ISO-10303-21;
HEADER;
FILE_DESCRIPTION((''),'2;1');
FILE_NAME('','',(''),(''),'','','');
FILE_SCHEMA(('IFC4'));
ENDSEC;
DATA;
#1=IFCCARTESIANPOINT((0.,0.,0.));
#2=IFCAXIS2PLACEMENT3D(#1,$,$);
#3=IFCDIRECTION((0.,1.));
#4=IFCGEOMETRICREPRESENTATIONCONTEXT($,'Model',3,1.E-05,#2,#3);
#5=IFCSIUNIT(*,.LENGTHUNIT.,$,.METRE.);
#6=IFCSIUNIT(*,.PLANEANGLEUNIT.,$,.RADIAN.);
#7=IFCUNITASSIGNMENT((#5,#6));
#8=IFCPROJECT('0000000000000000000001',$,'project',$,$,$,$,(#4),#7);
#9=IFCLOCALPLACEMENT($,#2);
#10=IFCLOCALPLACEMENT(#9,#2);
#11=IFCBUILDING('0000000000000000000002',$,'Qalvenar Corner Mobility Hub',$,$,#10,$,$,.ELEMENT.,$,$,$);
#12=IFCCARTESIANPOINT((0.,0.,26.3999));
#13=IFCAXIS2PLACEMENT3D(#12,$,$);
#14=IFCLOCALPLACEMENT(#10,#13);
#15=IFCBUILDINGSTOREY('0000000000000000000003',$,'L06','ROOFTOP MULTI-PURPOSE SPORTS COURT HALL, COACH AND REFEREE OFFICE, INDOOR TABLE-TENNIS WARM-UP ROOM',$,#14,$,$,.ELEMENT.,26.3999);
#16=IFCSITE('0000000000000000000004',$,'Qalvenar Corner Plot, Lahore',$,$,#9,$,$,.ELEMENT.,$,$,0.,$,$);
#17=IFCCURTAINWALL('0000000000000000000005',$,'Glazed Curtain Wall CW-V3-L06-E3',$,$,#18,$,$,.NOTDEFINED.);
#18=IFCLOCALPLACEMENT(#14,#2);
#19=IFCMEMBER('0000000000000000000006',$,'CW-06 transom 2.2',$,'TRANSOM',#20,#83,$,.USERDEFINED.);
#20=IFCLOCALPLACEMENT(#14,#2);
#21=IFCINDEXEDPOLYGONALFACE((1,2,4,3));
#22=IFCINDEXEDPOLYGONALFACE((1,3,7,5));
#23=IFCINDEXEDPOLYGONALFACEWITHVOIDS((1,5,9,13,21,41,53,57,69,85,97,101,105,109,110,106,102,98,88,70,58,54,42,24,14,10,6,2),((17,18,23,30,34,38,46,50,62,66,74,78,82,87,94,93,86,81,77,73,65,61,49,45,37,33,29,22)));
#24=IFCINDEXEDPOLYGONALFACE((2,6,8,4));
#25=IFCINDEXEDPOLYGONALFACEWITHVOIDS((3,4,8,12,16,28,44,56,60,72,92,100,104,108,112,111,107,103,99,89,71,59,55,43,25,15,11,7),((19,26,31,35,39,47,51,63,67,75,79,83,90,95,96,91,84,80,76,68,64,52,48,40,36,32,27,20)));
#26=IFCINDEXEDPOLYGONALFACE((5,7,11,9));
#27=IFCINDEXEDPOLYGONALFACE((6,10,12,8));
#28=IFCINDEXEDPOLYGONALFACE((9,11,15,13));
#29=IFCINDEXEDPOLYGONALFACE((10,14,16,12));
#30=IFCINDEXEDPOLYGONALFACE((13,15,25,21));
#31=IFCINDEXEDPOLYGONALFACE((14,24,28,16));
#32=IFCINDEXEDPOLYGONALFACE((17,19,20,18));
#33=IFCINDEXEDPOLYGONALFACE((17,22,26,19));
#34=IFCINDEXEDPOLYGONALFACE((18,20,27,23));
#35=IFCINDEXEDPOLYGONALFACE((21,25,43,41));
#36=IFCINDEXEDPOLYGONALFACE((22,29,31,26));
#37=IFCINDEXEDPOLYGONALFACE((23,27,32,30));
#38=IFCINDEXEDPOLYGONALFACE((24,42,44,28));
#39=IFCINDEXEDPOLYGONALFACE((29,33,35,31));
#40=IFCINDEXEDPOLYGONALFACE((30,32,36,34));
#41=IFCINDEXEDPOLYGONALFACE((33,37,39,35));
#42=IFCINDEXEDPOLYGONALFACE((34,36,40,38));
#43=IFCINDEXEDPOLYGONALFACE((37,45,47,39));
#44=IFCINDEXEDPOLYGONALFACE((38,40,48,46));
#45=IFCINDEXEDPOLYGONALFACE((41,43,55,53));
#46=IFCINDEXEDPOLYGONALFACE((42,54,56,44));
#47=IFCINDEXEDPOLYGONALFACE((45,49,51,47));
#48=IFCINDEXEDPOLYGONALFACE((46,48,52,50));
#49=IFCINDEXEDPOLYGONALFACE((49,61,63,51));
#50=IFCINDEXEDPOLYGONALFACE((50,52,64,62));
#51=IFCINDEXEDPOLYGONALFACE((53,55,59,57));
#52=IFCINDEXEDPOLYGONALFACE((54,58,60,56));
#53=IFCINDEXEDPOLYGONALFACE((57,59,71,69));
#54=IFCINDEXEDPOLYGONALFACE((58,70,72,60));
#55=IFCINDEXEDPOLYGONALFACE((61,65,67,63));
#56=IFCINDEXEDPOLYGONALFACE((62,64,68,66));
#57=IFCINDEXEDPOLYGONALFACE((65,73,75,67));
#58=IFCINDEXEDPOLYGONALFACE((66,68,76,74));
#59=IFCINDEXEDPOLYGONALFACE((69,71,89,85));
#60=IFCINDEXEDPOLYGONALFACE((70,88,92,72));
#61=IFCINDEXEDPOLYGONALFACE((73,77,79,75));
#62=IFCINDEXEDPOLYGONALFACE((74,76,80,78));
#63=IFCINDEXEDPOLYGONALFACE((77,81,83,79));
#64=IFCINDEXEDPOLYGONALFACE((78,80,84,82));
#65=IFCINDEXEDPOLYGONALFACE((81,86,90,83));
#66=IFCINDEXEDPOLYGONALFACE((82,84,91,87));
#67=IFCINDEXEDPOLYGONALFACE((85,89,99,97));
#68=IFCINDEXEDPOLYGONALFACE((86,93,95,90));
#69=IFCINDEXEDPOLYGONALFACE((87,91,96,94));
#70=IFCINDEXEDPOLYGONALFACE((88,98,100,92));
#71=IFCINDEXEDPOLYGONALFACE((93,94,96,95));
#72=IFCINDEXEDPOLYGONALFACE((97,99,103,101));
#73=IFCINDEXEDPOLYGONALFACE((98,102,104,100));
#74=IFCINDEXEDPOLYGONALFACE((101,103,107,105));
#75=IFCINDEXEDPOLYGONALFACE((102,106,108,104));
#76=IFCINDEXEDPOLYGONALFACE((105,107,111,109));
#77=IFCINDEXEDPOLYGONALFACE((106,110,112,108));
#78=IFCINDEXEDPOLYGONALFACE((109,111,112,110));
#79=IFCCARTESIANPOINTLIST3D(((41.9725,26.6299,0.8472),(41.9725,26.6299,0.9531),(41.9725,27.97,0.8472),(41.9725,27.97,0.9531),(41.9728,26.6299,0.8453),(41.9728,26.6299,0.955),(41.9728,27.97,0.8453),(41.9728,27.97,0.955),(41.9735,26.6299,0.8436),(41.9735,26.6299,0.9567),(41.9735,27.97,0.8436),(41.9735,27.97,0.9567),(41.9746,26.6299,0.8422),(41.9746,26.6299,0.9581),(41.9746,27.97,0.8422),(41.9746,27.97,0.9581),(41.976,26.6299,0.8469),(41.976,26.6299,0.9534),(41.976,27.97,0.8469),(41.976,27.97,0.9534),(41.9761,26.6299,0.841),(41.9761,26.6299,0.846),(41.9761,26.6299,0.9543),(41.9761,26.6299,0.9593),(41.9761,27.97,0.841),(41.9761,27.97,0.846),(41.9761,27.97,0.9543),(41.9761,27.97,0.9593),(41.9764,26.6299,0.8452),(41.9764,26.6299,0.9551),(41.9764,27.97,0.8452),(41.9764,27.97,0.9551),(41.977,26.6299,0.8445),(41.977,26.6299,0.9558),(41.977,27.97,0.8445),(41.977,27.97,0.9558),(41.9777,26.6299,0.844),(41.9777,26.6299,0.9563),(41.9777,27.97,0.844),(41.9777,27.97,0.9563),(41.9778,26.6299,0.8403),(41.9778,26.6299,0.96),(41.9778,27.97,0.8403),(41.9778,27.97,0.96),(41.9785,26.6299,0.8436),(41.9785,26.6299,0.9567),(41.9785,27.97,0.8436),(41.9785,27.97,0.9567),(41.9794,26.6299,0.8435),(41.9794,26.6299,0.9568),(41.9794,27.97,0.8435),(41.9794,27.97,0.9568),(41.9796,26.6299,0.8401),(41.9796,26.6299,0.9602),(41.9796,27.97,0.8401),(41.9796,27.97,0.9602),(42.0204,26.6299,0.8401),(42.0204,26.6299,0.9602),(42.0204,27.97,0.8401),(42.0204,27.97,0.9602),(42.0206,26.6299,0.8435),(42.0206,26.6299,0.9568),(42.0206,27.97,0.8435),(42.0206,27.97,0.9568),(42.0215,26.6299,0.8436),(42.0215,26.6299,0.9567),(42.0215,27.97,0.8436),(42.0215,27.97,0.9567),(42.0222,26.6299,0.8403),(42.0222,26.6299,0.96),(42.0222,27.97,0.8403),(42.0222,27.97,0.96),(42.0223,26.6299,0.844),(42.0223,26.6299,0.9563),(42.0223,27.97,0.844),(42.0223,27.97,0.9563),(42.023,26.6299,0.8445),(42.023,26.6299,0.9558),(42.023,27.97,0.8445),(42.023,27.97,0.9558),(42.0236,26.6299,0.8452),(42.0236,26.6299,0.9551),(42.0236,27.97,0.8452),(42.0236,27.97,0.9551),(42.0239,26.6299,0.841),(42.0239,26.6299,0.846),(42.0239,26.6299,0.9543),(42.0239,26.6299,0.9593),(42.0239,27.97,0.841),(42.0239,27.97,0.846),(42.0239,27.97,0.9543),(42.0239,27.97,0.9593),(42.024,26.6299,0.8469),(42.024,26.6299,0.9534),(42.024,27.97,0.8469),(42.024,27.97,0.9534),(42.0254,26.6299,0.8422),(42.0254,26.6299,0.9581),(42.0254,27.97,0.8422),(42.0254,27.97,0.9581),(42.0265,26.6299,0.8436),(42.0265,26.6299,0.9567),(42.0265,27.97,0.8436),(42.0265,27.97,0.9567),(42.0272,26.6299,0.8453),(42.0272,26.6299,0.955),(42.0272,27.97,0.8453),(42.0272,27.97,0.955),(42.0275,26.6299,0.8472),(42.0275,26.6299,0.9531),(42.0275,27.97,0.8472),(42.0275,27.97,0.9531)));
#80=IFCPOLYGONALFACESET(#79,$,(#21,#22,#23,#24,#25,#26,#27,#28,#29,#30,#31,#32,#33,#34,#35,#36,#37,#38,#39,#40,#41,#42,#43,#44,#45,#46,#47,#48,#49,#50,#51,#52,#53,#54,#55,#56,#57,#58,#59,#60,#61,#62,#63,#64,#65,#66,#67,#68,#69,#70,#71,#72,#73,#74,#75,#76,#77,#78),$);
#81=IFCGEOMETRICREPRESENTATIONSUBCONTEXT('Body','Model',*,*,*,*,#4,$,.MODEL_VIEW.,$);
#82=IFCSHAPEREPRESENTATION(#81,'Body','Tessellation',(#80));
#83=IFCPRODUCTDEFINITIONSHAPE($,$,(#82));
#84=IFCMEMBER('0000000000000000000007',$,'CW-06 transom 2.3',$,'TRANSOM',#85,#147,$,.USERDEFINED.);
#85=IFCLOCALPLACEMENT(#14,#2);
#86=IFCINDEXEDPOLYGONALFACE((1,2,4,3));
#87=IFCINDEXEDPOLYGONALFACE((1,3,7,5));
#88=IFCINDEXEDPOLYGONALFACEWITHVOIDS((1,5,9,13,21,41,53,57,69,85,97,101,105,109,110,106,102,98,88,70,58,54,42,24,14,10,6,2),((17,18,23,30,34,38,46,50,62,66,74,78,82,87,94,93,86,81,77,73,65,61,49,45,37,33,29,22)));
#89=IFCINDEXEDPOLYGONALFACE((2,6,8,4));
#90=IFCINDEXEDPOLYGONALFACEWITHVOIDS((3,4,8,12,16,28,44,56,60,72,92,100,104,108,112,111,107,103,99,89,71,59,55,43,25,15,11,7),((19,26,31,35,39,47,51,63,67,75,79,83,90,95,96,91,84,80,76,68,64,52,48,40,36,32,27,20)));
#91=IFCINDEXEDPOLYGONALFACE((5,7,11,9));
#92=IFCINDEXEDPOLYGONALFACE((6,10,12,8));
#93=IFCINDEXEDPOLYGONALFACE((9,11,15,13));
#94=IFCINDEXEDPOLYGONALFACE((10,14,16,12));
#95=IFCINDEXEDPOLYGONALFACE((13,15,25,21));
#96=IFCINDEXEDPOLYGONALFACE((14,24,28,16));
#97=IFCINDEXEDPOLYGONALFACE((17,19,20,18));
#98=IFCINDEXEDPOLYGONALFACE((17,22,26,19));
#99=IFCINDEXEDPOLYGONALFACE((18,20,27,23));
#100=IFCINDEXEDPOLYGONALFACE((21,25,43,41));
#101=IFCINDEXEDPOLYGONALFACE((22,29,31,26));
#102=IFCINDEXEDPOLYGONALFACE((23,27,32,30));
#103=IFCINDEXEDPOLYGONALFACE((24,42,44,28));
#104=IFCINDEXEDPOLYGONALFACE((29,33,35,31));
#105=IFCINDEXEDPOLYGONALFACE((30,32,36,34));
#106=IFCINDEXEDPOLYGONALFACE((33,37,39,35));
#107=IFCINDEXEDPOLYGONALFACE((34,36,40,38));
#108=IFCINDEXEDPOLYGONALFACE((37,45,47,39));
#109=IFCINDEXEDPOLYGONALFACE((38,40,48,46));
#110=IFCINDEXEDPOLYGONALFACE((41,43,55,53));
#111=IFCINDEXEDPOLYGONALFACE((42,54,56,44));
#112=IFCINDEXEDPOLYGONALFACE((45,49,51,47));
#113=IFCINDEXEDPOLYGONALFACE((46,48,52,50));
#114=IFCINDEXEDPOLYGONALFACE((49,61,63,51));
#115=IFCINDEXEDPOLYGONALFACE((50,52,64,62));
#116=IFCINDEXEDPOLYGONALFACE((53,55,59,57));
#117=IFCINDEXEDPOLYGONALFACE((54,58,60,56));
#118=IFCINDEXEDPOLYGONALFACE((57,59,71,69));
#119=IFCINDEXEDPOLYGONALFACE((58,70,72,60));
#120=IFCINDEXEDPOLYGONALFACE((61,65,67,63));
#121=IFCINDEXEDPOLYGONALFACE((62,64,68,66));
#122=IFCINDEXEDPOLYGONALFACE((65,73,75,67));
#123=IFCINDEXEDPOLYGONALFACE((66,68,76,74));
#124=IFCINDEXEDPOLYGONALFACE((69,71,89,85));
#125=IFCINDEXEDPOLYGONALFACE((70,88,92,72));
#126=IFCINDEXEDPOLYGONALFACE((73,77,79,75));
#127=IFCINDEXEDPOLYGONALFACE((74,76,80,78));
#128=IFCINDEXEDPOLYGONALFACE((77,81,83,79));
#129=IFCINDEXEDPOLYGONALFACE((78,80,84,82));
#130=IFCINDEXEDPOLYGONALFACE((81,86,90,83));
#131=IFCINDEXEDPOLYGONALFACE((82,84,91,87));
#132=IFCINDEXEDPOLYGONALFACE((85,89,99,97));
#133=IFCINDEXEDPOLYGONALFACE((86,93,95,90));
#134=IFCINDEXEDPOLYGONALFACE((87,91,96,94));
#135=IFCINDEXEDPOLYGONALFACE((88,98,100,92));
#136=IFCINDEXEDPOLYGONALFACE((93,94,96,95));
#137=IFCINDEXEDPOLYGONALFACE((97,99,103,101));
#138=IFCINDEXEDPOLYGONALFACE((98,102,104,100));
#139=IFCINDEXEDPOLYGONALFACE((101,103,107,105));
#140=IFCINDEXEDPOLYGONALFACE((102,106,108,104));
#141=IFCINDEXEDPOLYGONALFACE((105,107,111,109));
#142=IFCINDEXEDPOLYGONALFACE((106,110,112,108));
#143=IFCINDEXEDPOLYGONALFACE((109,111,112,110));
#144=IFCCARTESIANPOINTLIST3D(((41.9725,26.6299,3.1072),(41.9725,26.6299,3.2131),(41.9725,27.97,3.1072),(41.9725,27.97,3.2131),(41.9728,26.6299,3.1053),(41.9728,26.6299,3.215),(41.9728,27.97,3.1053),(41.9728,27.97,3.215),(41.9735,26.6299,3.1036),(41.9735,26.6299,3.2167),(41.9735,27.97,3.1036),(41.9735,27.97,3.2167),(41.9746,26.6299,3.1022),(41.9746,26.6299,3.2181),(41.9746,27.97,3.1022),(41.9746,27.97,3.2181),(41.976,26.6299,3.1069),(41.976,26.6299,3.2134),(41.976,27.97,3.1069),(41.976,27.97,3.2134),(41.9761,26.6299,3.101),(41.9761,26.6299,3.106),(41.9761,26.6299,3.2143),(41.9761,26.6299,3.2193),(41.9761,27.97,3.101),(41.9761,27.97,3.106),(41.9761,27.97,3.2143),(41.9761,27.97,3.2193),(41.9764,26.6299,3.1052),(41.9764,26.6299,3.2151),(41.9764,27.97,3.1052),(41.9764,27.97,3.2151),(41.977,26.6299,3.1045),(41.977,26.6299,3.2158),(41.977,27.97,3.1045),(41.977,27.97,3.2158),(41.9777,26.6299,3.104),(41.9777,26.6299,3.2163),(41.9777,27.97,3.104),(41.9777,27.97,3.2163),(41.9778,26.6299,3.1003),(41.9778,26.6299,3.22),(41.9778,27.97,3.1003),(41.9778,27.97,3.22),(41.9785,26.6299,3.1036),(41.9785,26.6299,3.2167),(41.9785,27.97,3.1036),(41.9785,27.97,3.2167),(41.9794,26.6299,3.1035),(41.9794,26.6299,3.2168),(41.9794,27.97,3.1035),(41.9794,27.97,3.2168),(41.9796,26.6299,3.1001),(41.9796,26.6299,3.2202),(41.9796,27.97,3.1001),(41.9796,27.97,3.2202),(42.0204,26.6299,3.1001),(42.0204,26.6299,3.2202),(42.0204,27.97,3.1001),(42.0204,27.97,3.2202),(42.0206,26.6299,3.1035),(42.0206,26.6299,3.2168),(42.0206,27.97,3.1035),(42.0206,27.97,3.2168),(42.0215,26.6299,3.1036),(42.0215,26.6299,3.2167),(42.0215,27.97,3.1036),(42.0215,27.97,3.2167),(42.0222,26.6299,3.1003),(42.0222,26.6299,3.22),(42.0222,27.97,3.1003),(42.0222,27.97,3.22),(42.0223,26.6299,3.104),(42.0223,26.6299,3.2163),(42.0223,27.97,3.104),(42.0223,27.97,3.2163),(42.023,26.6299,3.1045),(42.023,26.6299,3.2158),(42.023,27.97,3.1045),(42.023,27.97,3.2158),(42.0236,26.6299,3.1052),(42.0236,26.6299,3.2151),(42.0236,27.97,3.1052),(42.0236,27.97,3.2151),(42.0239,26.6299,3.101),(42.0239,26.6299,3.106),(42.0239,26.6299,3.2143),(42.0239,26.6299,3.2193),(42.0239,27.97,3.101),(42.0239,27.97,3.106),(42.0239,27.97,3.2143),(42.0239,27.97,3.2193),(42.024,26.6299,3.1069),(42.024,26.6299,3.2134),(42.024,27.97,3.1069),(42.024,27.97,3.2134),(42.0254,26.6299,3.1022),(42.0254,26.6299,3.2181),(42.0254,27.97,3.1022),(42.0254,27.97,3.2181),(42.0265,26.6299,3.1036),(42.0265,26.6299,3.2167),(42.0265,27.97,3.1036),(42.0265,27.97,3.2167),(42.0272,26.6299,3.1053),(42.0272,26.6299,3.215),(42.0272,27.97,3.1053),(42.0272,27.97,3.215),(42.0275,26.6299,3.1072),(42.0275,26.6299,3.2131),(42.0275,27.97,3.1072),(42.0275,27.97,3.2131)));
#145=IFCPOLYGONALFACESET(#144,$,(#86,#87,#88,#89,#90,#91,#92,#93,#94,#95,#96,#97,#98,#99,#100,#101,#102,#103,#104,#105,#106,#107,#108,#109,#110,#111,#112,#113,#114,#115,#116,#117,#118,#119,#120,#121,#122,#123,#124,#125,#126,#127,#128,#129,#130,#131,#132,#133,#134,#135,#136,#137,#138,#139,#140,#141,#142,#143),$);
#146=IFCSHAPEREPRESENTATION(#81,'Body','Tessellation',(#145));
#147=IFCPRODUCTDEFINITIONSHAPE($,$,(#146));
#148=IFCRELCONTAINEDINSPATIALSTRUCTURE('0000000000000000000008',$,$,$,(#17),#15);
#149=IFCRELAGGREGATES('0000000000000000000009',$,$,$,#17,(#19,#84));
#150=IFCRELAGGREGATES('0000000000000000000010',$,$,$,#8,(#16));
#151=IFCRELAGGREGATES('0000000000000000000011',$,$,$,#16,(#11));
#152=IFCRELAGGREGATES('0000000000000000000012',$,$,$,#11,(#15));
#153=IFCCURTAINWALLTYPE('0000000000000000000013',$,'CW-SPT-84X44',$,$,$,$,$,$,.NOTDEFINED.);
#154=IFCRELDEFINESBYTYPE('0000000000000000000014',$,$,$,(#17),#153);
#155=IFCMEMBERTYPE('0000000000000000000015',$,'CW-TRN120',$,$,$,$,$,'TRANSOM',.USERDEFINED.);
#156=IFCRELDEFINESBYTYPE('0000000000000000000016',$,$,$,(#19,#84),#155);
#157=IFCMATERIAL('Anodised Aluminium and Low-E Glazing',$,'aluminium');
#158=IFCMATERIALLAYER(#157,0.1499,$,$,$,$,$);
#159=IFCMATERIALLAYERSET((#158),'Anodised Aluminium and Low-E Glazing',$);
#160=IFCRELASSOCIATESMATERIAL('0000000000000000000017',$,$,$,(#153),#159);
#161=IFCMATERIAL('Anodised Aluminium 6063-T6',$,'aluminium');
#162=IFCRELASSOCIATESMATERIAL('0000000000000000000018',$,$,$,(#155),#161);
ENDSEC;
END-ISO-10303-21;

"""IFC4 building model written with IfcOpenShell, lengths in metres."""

from ifc_helpers import new_model, si_unit, direction, frame, origin, origin_2d, place, context, subcontext, project, spatial, hollow_rectangle, extrude, material, layer, layer_set, material_profile, profile_set, type_object, element, aggregate, save


model = new_model("IFC4")

# Units and contexts
model_context = context("Model", 3, precision=1e-05, world=origin(), true_north=direction((0.0, 1.0)))
body_context = subcontext(model_context, "Body", "Model", "MODEL_VIEW")
ifc_project = project(units=[si_unit("LENGTHUNIT", "METRE"), si_unit("PLANEANGLEUNIT", "RADIAN")], contexts=[model_context])

# Site, building, storey
site_placement = place(None, origin())
site = spatial("IfcSite", under=ifc_project, at=site_placement, Name="Qalvenar Corner Plot, Lahore", CompositionType="ELEMENT", RefElevation=0.0)
building_placement = place(site_placement, origin())
building = spatial("IfcBuilding", under=site, at=building_placement, Name="Qalvenar Corner Mobility Hub", CompositionType="ELEMENT")
storey_placement = place(building_placement, frame((0.0, 0.0, 26.3999)))
storey = spatial("IfcBuildingStorey", under=building, at=storey_placement, Name="L06", Description="ROOFTOP MULTI-PURPOSE SPORTS COURT HALL, COACH AND REFEREE OFFICE, INDOOR TABLE-TENNIS WARM-UP ROOM", CompositionType="ELEMENT", Elevation=26.3999)

# Shared definitions
ifc_material_1 = material(Name="Anodised Aluminium and Low-E Glazing", Category="aluminium")
ifc_material_2 = material(Name="Anodised Aluminium 6063-T6", Category="aluminium")

# Curtain wall
ifc_layer_1 = layer(ifc_material_1, 0.1499)
ifc_layer_set_1 = layer_set([ifc_layer_1], Name="Anodised Aluminium and Low-E Glazing")
curtain_wall_type_1 = type_object("IfcCurtainWallType", Name="CW-SPT-84X44", PredefinedType="NOTDEFINED", material=ifc_layer_set_1)
curtain_wall_1_placement = place(storey_placement, origin())
curtain_wall_1 = element("IfcCurtainWall", 1, at=curtain_wall_1_placement, inside=storey, type_object=curtain_wall_type_1, Name="Glazed Curtain Wall CW-V3-L06-E3", PredefinedType="NOTDEFINED")

# Members
ifc_material_profile_1 = material_profile(ifc_material_2, hollow_rectangle(XDim=0.0549, YDim=0.1201, WallThickness=0.0034, InnerFilletRadius=0.0034, OuterFilletRadius=0.0071, at=origin_2d()), Name="RHS120x55x3.5")
ifc_profile_set_1 = profile_set([ifc_material_profile_1], Name="Anodised Aluminium 6063-T6")
member_type_1 = type_object("IfcMemberType", Name="CW-TRN120", ElementType="TRANSOM", PredefinedType="USERDEFINED", material=ifc_profile_set_1)
member_1_placement = place(storey_placement, frame((42.0, 26.6299, 0.9001), z_axis=(0.0, 1.0, 0.0), x_axis=(-1.0, 0.0, 0.0)))
member_1 = element("IfcMember", 2, at=member_1_placement, type_object=member_type_1, Name="CW-06 transom 2.2", ObjectType="TRANSOM", PredefinedType="USERDEFINED", context=body_context, shape_type="SweptSolid", body=[
    extrude(hollow_rectangle(XDim=0.0549, YDim=0.1201, WallThickness=0.0034, InnerFilletRadius=0.0034, OuterFilletRadius=0.0071, at=origin_2d()), origin(), (0.0, 0.0, 1.0), 1.3401),
])
member_2_placement = place(storey_placement, frame((42.0, 26.6299, 3.1602), z_axis=(0.0, 1.0, 0.0), x_axis=(-1.0, 0.0, 0.0)))
member_2 = element("IfcMember", 3, at=member_2_placement, type_object=member_type_1, Name="CW-06 transom 2.3", ObjectType="TRANSOM", PredefinedType="USERDEFINED", context=body_context, shape_type="SweptSolid", body=[
    extrude(hollow_rectangle(XDim=0.0549, YDim=0.1201, WallThickness=0.0034, InnerFilletRadius=0.0034, OuterFilletRadius=0.0071, at=origin_2d()), origin(), (0.0, 0.0, 1.0), 1.3401),
])

aggregate(curtain_wall_1, [member_1, member_2])

save(model, "model.ifc")
